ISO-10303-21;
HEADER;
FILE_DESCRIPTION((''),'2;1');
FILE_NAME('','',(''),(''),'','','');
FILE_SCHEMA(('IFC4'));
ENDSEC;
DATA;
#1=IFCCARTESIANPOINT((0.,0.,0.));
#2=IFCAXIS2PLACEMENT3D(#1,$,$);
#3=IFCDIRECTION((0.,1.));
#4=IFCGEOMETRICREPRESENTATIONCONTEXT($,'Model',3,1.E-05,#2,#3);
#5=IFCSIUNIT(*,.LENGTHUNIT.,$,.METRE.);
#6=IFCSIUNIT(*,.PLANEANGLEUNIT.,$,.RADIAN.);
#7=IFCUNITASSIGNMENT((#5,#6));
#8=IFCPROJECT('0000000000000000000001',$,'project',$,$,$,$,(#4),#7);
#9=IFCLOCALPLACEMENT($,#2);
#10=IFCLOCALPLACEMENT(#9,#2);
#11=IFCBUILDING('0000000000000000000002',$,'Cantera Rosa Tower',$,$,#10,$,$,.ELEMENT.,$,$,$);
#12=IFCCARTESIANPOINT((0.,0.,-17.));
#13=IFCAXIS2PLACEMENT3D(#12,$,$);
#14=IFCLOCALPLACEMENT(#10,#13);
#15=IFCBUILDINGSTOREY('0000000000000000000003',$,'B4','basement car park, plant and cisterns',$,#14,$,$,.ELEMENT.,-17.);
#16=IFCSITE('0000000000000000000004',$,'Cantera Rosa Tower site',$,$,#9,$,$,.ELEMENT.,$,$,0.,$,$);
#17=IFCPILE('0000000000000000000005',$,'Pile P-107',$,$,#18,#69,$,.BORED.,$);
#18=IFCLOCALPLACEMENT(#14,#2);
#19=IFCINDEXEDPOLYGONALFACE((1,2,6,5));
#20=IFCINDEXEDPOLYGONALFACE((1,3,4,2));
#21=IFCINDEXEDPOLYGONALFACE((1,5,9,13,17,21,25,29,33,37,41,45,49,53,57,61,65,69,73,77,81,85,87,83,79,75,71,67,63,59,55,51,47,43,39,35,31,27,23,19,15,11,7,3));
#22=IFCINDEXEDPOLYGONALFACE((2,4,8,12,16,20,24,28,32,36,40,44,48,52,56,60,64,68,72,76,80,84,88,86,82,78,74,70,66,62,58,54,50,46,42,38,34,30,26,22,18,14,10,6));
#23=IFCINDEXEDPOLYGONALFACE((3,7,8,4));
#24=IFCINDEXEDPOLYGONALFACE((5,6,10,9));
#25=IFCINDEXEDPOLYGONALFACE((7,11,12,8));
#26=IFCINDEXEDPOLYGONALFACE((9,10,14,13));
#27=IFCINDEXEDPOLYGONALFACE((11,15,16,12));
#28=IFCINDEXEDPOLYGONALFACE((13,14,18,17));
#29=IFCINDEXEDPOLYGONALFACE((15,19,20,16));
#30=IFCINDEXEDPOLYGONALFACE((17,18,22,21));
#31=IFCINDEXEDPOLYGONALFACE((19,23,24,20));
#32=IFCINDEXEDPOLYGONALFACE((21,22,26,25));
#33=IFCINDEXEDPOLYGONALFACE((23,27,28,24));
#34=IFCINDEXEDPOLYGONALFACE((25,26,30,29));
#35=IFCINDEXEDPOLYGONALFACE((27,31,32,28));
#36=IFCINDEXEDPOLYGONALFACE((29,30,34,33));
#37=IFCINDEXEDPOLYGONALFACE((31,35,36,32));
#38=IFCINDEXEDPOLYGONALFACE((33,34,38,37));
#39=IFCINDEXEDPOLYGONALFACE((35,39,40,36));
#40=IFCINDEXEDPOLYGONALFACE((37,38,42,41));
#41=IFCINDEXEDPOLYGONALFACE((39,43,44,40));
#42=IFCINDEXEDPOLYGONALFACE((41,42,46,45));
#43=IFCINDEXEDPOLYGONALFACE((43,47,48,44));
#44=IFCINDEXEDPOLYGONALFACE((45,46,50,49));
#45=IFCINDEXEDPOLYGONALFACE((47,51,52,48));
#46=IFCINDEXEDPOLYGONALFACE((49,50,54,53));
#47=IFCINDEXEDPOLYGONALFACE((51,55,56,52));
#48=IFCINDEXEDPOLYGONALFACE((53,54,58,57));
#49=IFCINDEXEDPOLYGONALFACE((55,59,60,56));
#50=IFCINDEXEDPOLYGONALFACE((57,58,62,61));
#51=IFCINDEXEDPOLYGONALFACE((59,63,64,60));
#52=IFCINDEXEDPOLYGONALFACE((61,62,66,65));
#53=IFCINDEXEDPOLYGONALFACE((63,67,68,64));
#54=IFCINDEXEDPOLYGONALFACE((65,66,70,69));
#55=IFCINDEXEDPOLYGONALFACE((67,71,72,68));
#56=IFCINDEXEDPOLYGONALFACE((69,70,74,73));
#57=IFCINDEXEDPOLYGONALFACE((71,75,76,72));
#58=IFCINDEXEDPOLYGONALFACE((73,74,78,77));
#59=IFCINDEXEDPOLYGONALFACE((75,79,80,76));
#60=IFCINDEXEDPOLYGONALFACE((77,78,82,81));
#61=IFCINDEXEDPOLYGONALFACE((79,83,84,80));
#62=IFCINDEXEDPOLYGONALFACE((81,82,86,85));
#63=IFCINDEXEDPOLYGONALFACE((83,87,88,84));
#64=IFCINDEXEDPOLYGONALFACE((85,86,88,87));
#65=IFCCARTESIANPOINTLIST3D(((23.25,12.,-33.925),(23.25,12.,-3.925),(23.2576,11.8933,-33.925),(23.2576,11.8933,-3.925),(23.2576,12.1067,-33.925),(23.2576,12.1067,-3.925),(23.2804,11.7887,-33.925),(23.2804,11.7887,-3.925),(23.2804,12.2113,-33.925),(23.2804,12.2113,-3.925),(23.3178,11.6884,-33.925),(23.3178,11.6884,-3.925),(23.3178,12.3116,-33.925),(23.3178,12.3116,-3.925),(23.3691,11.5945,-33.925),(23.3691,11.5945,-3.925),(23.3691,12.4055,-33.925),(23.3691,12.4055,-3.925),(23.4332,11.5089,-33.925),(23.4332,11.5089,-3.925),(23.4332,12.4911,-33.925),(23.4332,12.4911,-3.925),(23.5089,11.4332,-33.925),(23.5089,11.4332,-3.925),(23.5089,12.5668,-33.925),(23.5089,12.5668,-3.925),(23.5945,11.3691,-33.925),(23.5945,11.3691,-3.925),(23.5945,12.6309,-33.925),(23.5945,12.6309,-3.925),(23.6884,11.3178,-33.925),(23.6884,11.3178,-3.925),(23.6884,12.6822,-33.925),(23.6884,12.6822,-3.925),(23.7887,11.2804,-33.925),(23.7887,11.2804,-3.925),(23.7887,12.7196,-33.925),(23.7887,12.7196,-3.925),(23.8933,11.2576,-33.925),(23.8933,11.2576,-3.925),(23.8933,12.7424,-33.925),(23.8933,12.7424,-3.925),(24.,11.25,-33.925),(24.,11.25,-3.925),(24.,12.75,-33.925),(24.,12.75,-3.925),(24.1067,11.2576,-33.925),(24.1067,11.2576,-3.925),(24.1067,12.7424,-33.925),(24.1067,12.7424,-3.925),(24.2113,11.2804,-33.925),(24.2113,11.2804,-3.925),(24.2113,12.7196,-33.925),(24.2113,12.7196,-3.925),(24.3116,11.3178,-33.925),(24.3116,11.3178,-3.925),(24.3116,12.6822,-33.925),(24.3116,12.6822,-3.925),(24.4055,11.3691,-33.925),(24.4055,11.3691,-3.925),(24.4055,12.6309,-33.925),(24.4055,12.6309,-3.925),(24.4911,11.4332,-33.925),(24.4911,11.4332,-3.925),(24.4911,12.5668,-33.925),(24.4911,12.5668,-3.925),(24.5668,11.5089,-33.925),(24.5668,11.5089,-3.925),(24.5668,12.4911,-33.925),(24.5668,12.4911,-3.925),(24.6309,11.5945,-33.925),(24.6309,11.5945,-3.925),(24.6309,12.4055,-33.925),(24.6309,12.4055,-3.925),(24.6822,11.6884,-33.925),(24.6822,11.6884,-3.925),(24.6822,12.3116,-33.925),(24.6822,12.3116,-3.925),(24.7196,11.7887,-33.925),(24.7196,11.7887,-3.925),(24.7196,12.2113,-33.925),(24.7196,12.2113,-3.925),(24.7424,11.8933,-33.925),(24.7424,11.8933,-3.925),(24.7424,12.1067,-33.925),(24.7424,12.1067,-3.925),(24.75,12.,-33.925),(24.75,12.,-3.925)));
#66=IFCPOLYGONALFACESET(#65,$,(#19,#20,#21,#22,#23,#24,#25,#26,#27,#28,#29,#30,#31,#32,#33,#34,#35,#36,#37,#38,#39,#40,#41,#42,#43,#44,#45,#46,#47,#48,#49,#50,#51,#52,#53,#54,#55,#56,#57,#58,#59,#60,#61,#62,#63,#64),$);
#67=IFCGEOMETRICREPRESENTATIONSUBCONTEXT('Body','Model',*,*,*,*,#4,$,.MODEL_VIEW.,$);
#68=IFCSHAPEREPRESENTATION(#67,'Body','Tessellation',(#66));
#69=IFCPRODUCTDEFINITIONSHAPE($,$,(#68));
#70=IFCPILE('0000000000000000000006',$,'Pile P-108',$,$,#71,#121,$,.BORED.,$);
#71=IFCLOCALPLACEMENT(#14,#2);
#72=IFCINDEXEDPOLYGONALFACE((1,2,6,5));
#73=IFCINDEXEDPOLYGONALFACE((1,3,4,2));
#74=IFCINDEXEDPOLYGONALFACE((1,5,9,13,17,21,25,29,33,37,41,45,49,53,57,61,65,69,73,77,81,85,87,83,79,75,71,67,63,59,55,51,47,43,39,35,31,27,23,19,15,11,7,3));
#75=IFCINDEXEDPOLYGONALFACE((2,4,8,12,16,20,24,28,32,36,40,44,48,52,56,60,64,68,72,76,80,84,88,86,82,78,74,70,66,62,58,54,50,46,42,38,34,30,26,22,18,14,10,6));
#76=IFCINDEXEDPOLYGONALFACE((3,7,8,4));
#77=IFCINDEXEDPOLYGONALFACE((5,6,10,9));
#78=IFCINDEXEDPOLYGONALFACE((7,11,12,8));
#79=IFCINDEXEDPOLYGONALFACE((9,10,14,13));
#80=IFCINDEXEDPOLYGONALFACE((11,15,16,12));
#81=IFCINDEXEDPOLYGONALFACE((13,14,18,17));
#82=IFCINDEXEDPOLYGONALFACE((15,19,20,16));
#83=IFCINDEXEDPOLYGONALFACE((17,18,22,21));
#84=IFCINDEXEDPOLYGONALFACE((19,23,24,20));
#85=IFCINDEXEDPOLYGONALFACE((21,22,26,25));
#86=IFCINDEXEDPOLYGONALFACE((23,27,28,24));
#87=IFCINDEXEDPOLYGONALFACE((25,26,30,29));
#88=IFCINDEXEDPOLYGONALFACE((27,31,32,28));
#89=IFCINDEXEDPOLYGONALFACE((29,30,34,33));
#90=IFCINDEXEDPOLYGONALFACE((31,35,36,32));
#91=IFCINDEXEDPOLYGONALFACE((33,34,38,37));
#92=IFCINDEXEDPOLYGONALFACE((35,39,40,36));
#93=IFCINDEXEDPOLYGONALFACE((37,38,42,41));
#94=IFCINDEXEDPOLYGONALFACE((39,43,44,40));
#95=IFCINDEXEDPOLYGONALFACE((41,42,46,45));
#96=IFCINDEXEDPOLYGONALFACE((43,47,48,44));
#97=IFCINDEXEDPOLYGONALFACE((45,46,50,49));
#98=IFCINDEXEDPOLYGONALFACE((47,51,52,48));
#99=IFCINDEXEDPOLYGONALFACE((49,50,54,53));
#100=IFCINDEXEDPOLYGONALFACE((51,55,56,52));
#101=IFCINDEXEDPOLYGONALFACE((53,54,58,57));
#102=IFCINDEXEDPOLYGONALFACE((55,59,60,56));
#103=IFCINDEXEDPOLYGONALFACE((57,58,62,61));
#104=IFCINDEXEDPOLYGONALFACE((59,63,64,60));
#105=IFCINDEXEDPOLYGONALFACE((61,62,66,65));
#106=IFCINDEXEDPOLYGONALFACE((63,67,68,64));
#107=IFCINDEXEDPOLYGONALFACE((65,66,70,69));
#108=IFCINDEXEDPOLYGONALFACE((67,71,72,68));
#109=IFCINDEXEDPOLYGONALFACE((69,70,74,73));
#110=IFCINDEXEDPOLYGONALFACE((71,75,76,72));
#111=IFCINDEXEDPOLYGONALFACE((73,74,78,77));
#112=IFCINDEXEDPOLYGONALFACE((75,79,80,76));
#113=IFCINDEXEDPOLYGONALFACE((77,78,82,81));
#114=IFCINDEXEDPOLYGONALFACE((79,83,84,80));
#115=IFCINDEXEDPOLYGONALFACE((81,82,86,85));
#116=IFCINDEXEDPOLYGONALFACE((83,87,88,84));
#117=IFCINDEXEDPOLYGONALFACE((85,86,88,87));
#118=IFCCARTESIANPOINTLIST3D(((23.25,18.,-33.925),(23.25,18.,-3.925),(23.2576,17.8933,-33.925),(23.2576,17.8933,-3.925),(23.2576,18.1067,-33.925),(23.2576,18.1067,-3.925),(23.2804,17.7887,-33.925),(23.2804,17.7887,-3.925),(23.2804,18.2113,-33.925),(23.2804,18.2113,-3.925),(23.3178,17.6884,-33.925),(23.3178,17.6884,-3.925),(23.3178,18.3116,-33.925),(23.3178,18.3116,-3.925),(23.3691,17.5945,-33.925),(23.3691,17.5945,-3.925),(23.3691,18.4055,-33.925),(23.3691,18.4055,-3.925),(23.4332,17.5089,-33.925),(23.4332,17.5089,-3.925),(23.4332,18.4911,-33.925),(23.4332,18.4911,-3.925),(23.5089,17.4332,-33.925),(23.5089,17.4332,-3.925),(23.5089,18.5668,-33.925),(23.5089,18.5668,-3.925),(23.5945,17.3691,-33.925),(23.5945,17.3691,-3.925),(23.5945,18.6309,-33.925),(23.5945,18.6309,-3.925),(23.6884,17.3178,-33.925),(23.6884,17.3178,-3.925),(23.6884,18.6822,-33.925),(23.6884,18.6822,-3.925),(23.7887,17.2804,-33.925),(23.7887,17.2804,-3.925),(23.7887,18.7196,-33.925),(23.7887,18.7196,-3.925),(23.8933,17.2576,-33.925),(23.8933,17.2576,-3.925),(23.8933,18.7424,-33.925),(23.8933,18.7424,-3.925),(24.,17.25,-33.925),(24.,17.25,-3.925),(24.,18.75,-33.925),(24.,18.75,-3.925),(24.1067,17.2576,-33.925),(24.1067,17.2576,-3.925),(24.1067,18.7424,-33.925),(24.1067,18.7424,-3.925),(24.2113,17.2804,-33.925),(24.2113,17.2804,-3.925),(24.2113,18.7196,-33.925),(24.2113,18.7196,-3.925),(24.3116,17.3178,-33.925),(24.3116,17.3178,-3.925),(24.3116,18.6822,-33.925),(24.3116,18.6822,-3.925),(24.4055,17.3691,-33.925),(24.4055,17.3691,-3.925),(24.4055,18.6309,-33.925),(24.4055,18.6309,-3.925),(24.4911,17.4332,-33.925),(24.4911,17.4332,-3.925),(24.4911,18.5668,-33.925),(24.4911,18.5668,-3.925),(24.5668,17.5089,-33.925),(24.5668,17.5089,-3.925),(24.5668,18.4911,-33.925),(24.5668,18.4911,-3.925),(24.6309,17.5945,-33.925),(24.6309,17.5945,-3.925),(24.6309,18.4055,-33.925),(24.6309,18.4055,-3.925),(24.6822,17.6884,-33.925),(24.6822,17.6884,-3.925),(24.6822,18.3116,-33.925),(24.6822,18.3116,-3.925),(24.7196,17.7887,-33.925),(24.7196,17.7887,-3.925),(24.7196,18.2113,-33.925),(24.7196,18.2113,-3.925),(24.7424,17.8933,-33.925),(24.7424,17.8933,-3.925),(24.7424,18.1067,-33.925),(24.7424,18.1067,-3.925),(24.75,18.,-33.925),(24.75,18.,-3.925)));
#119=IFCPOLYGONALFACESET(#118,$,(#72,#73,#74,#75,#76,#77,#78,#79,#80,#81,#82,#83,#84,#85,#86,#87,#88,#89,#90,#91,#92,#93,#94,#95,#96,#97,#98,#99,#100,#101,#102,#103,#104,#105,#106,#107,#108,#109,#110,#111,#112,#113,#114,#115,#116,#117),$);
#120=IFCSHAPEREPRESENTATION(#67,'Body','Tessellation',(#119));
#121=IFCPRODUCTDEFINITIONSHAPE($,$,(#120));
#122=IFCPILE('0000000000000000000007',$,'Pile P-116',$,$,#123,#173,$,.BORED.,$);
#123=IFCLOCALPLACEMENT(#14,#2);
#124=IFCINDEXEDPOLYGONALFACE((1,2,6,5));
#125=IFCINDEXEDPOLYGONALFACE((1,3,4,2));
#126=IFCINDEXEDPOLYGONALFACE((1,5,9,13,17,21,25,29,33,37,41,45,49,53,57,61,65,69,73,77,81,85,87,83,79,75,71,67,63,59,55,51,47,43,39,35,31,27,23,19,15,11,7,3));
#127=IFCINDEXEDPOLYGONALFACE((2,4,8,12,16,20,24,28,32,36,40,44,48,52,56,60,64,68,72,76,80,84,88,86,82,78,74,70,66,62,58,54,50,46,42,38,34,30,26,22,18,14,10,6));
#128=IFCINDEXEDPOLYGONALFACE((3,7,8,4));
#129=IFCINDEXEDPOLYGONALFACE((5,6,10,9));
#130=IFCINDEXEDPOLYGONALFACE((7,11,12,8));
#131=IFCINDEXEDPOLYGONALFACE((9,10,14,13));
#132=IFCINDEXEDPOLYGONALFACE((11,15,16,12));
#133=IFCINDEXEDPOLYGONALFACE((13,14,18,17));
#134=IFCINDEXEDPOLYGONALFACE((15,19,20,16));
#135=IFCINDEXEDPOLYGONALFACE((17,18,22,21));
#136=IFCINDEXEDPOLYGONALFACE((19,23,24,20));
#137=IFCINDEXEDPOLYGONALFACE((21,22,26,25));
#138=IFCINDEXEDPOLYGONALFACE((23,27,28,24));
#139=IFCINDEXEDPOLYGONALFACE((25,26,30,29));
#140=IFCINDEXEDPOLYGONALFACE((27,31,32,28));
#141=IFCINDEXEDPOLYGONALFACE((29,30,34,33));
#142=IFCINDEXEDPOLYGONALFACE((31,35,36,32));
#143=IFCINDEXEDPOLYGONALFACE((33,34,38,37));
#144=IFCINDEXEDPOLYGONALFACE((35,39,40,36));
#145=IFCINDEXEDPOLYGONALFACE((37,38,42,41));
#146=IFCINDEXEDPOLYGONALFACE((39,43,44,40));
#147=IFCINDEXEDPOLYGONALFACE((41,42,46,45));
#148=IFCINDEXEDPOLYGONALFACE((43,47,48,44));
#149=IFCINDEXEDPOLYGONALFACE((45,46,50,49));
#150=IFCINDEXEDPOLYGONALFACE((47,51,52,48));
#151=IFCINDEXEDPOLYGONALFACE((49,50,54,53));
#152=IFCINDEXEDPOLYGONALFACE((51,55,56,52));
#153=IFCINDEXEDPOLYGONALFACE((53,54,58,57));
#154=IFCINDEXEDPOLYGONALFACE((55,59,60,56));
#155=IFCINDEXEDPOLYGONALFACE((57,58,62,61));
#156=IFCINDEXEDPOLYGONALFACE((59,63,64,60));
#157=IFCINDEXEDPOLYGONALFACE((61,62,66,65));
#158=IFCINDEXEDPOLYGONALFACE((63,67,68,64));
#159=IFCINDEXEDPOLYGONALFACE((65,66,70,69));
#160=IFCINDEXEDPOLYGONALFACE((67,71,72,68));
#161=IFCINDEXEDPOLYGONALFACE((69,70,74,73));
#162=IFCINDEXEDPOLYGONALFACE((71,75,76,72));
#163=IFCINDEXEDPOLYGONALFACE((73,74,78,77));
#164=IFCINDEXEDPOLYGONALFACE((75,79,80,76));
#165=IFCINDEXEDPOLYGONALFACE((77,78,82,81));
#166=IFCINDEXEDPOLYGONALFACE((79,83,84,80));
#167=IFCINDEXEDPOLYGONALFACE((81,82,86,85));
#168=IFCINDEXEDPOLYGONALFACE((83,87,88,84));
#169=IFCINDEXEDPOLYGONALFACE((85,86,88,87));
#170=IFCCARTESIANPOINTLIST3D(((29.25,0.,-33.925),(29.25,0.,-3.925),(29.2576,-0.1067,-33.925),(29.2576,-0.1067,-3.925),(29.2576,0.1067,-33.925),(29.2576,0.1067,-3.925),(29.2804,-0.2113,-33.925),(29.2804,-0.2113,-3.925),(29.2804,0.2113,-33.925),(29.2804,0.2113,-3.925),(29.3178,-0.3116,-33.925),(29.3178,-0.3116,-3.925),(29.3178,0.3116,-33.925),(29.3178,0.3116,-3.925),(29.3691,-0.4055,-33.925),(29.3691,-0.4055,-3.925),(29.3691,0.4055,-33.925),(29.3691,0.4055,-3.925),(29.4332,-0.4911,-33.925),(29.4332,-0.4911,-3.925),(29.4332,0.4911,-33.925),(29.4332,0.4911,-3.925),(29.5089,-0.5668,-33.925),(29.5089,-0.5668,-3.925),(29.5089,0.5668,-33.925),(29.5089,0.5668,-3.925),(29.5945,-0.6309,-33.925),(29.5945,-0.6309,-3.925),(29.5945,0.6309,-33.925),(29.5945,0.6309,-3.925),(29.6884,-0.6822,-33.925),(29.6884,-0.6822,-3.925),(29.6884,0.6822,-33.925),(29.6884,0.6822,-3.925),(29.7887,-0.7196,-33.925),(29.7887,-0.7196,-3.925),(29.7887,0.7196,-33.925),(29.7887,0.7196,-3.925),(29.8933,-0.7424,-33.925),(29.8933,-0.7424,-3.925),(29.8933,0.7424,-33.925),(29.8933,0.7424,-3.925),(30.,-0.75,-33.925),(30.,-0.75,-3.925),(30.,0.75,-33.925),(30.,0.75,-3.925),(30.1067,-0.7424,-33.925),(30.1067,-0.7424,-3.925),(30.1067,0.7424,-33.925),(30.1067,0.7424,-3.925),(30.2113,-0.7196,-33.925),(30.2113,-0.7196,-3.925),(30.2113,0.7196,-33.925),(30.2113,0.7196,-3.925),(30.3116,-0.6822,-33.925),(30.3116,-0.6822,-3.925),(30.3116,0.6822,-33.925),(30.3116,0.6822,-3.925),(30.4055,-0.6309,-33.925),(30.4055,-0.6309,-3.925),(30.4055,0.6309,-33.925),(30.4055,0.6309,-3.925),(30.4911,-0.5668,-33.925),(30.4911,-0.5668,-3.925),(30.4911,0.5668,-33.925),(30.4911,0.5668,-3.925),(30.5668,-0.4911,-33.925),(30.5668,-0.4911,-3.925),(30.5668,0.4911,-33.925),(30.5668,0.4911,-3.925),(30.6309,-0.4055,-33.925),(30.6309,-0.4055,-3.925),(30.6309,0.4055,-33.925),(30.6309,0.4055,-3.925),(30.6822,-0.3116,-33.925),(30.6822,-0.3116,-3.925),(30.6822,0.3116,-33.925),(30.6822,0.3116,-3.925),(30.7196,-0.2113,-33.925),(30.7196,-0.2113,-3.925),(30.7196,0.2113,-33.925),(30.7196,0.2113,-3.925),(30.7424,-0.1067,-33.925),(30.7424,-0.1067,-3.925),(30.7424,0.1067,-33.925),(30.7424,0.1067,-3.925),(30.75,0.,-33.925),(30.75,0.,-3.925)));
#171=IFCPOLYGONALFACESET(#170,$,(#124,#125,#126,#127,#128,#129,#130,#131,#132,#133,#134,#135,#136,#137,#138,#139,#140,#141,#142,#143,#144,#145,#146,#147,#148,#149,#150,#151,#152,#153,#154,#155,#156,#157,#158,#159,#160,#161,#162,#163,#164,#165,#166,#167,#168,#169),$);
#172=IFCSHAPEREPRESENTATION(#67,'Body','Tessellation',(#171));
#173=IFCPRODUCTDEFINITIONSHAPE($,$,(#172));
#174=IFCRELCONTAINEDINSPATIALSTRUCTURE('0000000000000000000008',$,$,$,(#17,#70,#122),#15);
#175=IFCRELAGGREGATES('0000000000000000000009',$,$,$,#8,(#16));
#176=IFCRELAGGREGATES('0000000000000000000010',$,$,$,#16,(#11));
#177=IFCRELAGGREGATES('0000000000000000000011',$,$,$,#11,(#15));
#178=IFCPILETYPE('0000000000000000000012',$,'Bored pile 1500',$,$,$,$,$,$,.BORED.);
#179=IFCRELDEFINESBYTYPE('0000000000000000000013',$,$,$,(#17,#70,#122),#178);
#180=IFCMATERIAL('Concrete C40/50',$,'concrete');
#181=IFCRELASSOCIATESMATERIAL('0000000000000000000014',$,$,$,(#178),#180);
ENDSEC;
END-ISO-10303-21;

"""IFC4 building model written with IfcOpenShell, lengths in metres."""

from ifc_helpers import new_model, si_unit, direction, frame, origin, origin_2d, place, context, subcontext, project, spatial, circle, extrude, material, material_profile, profile_set, type_object, element, save


model = new_model("IFC4")

# Units and contexts
model_context = context("Model", 3, precision=1e-05, world=origin(), true_north=direction((0.0, 1.0)))
body_context = subcontext(model_context, "Body", "Model", "MODEL_VIEW")
ifc_project = project(units=[si_unit("LENGTHUNIT", "METRE"), si_unit("PLANEANGLEUNIT", "RADIAN")], contexts=[model_context])

# Site, building, storey
site_placement = place(None, origin())
site = spatial("IfcSite", under=ifc_project, at=site_placement, Name="Cantera Rosa Tower site", CompositionType="ELEMENT", RefElevation=0.0)
building_placement = place(site_placement, origin())
building = spatial("IfcBuilding", under=site, at=building_placement, Name="Cantera Rosa Tower", CompositionType="ELEMENT")
storey_placement = place(building_placement, frame((0.0, 0.0, -17.0)))
storey = spatial("IfcBuildingStorey", under=building, at=storey_placement, Name="B4", Description="basement car park, plant and cisterns", CompositionType="ELEMENT", Elevation=-17.0)

# Piles
ifc_material_1 = material(Name="Concrete C40/50", Category="concrete")
ifc_material_profile_1 = material_profile(ifc_material_1, circle(Radius=0.75, at=origin_2d()), Name="Bored pile 1500")
ifc_profile_set_1 = profile_set([ifc_material_profile_1], Name="Concrete C40/50")
pile_type = type_object("IfcPileType", Name="Bored pile 1500", PredefinedType="BORED", material=ifc_profile_set_1)
for number, where, z_axis, x_axis, name in (
    (1, (24.0, 12.0, -3.925), (0.0, 0.0, -1.0), (1.0, 0.0, 0.0), "Pile P-107"),
    (2, (24.0, 18.0, -3.925), (0.0, 0.0, -1.0), (1.0, 0.0, 0.0), "Pile P-108"),
    (3, (30.0, 0.0, -3.925), (0.0, 0.0, -1.0), (1.0, 0.0, 0.0), "Pile P-116"),
):
    element("IfcPile", number, at=place(storey_placement, frame(where, z_axis=z_axis, x_axis=x_axis)), inside=storey, type_object=pile_type, Name=name, PredefinedType="BORED", context=body_context, shape_type="SweptSolid", body=[
        extrude(circle(Radius=0.75, at=origin_2d()), origin(), (0.0, 0.0, 1.0), 30.0),
    ])

save(model, "model.ifc")
